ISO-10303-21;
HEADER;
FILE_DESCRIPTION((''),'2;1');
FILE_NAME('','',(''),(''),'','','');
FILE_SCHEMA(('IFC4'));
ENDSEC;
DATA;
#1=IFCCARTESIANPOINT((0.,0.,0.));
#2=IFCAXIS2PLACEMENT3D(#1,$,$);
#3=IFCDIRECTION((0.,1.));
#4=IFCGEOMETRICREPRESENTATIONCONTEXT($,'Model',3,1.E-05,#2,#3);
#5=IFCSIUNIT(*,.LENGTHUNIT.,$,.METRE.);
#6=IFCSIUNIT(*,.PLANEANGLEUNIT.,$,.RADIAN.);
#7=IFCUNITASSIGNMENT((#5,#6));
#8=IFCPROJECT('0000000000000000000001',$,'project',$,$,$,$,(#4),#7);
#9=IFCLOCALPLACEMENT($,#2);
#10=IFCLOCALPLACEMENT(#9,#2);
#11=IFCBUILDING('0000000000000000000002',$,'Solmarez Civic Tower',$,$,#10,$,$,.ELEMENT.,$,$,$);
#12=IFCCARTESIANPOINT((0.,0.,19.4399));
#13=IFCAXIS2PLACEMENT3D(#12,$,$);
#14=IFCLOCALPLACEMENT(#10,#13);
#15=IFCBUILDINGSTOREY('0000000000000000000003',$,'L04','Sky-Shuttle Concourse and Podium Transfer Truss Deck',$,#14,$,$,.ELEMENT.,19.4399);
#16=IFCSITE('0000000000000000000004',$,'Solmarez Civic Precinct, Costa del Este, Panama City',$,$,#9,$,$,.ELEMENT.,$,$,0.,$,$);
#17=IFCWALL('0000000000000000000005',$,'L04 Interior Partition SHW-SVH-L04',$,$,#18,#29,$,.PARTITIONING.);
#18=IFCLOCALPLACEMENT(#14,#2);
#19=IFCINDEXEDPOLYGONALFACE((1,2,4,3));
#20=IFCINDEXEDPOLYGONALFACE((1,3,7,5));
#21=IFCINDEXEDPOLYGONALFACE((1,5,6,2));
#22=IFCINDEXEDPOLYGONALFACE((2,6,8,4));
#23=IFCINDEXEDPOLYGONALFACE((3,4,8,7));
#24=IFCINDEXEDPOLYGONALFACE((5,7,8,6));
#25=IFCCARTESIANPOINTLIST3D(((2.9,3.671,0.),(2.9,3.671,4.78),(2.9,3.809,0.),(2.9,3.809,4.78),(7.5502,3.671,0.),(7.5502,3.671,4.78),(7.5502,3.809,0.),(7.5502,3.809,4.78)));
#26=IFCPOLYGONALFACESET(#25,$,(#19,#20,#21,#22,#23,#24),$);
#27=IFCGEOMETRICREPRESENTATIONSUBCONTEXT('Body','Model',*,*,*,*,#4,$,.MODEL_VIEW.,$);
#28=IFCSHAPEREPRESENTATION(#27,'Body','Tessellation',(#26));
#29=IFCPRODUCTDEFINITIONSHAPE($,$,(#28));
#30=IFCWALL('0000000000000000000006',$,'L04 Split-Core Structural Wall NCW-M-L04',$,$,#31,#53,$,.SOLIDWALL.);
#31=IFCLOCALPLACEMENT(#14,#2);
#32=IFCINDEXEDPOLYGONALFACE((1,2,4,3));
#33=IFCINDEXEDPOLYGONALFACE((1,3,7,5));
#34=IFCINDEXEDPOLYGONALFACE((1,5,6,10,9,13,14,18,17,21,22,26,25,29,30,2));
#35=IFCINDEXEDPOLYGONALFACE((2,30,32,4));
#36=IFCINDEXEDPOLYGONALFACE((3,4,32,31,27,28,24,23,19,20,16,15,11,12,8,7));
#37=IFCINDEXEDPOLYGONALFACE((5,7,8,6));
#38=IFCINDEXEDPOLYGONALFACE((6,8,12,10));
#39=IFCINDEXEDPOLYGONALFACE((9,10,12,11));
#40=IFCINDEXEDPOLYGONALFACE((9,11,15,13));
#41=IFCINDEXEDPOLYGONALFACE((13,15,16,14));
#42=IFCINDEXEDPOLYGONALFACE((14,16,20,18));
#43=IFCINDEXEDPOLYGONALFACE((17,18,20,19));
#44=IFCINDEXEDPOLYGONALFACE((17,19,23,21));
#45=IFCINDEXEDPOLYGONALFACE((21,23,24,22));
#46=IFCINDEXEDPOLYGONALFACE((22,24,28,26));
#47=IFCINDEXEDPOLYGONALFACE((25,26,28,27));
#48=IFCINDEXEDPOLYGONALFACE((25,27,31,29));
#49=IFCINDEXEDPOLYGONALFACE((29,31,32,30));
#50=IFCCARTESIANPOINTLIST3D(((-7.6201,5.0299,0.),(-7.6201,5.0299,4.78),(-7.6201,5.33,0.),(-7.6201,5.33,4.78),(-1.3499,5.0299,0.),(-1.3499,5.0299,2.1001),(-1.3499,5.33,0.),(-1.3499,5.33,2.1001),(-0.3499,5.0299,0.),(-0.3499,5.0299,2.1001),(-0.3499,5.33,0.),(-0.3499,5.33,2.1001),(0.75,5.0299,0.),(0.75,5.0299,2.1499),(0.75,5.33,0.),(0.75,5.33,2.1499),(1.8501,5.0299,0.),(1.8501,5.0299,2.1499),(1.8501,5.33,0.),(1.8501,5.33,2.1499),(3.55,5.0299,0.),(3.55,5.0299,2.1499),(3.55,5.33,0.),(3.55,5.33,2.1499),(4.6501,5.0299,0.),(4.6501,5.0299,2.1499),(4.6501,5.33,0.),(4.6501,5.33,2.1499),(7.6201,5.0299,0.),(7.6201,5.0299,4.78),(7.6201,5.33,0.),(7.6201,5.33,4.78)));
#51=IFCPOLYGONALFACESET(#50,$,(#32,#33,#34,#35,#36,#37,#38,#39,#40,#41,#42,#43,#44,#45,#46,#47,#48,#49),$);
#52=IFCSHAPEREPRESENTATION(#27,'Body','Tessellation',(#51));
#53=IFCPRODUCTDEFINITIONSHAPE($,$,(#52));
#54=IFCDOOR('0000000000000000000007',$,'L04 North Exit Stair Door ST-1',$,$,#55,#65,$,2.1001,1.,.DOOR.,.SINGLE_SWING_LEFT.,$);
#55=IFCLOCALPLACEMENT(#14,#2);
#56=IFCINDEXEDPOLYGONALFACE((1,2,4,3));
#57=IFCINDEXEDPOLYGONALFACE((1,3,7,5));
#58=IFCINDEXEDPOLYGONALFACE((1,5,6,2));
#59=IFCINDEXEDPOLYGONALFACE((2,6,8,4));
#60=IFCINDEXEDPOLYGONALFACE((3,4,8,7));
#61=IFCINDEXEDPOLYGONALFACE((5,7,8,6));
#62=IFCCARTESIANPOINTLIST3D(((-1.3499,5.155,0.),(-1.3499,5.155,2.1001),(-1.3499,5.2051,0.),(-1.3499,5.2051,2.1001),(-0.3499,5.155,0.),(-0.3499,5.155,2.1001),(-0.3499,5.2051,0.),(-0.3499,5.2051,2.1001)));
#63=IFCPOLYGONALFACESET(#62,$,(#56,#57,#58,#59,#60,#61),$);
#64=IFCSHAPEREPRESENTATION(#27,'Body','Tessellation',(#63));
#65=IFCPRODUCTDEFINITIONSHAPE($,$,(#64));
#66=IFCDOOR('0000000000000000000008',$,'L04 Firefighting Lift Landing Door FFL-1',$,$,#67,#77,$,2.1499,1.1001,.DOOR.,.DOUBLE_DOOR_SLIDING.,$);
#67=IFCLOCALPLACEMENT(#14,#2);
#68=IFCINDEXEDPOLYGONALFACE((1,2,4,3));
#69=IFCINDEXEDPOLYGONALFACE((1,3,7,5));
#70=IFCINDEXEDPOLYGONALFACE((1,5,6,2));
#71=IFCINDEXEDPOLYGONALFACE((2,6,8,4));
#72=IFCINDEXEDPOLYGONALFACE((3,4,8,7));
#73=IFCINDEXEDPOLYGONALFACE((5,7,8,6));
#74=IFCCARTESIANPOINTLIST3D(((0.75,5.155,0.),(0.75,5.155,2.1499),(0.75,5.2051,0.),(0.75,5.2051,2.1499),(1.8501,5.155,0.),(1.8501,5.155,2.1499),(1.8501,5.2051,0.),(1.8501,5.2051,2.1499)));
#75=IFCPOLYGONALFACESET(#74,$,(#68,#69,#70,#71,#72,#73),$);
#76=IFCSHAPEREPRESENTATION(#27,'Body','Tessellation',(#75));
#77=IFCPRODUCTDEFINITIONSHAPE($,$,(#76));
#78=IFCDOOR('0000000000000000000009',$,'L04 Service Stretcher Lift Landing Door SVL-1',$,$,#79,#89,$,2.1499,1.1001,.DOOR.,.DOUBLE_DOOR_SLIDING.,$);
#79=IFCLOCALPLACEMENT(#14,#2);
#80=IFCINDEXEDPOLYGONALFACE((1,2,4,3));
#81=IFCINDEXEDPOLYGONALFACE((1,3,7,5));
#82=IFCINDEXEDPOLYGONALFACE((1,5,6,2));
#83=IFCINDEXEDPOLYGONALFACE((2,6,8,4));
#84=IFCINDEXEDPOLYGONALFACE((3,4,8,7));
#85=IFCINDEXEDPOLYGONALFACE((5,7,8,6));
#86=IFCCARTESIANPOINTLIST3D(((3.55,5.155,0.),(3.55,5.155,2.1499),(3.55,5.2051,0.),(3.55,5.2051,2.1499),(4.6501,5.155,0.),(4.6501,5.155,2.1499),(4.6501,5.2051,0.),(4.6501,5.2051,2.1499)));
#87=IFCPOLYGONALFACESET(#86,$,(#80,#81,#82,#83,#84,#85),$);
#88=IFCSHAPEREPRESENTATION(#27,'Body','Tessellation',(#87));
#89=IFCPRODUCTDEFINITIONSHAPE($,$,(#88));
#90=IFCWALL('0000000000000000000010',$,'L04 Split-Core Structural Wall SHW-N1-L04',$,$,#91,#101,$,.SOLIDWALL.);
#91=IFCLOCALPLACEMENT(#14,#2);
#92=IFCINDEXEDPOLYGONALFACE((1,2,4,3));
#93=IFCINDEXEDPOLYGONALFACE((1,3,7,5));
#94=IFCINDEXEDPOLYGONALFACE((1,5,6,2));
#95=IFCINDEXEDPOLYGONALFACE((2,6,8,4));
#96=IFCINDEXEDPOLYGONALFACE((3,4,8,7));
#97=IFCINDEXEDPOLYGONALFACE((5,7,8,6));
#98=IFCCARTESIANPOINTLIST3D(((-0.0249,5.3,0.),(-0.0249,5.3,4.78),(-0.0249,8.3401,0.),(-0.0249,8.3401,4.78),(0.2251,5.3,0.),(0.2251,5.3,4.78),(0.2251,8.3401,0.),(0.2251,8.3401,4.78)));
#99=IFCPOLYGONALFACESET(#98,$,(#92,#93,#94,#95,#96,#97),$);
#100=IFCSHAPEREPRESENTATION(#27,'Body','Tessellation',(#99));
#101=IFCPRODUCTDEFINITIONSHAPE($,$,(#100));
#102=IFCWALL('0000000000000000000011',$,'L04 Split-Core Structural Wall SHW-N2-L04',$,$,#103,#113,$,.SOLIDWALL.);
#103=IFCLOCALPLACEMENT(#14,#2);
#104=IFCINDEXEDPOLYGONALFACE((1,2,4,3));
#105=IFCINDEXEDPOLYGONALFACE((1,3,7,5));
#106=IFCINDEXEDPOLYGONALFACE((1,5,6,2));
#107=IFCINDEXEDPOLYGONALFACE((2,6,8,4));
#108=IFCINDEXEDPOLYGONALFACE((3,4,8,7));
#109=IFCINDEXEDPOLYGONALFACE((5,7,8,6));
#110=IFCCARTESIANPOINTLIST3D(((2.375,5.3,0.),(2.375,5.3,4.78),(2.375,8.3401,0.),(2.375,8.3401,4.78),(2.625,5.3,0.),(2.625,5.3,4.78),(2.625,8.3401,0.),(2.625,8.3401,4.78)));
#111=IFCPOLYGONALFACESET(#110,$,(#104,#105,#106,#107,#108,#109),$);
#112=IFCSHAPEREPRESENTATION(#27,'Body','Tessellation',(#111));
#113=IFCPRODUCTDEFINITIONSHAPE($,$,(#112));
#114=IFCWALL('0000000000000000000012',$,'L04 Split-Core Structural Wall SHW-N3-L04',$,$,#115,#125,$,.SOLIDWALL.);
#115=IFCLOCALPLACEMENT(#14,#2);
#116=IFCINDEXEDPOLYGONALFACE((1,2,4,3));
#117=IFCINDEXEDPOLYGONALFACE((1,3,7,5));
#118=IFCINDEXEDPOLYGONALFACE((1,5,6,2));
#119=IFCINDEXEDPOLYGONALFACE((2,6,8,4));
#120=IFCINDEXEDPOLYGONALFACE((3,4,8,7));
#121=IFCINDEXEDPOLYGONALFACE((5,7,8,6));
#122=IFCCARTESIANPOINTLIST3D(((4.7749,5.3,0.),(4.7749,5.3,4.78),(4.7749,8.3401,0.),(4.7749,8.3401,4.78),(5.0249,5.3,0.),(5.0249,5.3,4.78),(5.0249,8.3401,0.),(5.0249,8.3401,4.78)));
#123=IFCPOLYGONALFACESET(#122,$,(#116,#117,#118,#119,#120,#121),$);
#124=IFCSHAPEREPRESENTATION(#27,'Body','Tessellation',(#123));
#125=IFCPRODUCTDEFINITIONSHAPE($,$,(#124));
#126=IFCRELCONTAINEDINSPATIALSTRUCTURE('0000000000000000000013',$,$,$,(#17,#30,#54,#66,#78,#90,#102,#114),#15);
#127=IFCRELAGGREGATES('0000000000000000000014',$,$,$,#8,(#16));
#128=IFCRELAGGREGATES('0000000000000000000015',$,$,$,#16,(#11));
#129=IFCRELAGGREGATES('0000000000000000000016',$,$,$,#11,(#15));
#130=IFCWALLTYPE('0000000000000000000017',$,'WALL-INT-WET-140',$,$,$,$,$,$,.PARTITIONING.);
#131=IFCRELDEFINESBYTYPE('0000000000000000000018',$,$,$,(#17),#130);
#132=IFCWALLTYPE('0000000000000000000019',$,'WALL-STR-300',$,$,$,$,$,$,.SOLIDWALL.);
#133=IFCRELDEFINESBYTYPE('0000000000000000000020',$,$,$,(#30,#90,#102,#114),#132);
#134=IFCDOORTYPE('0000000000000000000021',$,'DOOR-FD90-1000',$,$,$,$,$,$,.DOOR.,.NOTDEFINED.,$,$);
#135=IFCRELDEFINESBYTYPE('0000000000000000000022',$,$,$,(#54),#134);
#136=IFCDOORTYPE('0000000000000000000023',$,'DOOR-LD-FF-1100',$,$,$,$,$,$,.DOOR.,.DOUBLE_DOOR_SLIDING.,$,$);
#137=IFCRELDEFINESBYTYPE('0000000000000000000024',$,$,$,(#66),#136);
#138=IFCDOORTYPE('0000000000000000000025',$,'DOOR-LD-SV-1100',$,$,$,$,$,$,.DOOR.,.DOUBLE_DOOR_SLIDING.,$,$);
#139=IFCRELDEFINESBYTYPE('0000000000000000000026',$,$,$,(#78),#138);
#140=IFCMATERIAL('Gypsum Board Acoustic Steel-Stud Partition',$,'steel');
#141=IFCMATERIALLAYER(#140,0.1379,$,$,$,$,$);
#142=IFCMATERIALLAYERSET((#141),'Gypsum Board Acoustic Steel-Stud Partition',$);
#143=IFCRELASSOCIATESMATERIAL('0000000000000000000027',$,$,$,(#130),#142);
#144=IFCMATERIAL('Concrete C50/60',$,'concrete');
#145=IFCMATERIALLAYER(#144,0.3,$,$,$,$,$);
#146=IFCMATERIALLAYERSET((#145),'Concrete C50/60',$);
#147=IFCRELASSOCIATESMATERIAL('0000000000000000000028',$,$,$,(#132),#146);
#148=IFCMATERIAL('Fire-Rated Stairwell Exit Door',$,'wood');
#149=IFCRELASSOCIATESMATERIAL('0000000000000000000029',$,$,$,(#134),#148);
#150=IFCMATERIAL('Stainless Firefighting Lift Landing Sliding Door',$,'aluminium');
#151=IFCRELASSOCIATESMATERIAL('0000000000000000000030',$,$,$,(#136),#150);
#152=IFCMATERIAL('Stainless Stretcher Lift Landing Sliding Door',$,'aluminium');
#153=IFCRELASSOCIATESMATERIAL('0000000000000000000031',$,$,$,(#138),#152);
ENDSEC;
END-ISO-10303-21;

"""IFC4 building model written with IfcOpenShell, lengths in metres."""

from ifc_helpers import new_model, si_unit, direction, frame, frame_2d, origin, place, context, subcontext, project, spatial, rectangle, extrude, material, layer, layer_set, type_object, element, fill, save


model = new_model("IFC4")

# Units and contexts
model_context = context("Model", 3, precision=1e-05, world=origin(), true_north=direction((0.0, 1.0)))
body_context = subcontext(model_context, "Body", "Model", "MODEL_VIEW")
ifc_project = project(units=[si_unit("LENGTHUNIT", "METRE"), si_unit("PLANEANGLEUNIT", "RADIAN")], contexts=[model_context])

# Site, building, storey
site_placement = place(None, origin())
site = spatial("IfcSite", under=ifc_project, at=site_placement, Name="Solmarez Civic Precinct, Costa del Este, Panama City", CompositionType="ELEMENT", RefElevation=0.0)
building_placement = place(site_placement, origin())
building = spatial("IfcBuilding", under=site, at=building_placement, Name="Solmarez Civic Tower", CompositionType="ELEMENT")
storey_placement = place(building_placement, frame((0.0, 0.0, 19.4399)))
storey = spatial("IfcBuildingStorey", under=building, at=storey_placement, Name="L04", Description="Sky-Shuttle Concourse and Podium Transfer Truss Deck", CompositionType="ELEMENT", Elevation=19.4399)

# Wall
ifc_material_1 = material(Name="Gypsum Board Acoustic Steel-Stud Partition", Category="steel")
ifc_layer_1 = layer(ifc_material_1, 0.1379)
ifc_layer_set_1 = layer_set([ifc_layer_1], Name="Gypsum Board Acoustic Steel-Stud Partition")
wall_type_1 = type_object("IfcWallType", Name="WALL-INT-WET-140", PredefinedType="PARTITIONING", material=ifc_layer_set_1)
wall_1_placement = place(storey_placement, frame((2.8999, 3.74, 0.0), z_axis=(0.0, 0.0, 1.0), x_axis=(1.0, 0.0, 0.0)))
element("IfcWall", 1, at=wall_1_placement, inside=storey, type_object=wall_type_1, Name="L04 Interior Partition SHW-SVH-L04", PredefinedType="PARTITIONING", context=body_context, shape_type="SweptSolid", body=[
    extrude(rectangle(XDim=4.6501, YDim=0.1379, at=frame_2d((2.3252, 0.0))), origin(), (0.0, 0.0, 1.0), 4.78),
])

# Wall, openings, doors
ifc_material_2 = material(Name="Concrete C50/60", Category="concrete")
ifc_layer_2 = layer(ifc_material_2, 0.3)
ifc_layer_set_2 = layer_set([ifc_layer_2], Name="Concrete C50/60")
wall_type_2 = type_object("IfcWallType", Name="WALL-STR-300", PredefinedType="SOLIDWALL", material=ifc_layer_set_2)
wall_2_placement = place(storey_placement, frame((7.6201, 5.1799, 0.0), z_axis=(0.0, 0.0, 1.0), x_axis=(-1.0, 0.0, 0.0)))
wall_2 = element("IfcWall", 2, at=wall_2_placement, inside=storey, type_object=wall_type_2, Name="L04 Split-Core Structural Wall NCW-M-L04", PredefinedType="SOLIDWALL", context=body_context, shape_type="SweptSolid", body=[
    extrude(rectangle(XDim=15.2402, YDim=0.3, at=frame_2d((7.6201, 0.0))), origin(), (0.0, 0.0, 1.0), 4.78),
])
opening_1_placement = place(wall_2_placement, frame((5.77, 0.0, 0.0)))
opening_1 = element("IfcOpeningElement", 3, at=opening_1_placement, cuts=wall_2, PredefinedType="OPENING", context=body_context, shape_type="SweptSolid", body=[
    extrude(rectangle(XDim=1.1001, YDim=2.1499, at=frame_2d((0.55, 1.075))), frame((0.0, 0.1599, 0.0), z_axis=(0.0, -1.0, 0.0), x_axis=(1.0, 0.0, 0.0)), (0.0, 0.0, 1.0), 0.3201),
])
opening_2_placement = place(wall_2_placement, frame((2.97, 0.0, 0.0)))
opening_2 = element("IfcOpeningElement", 4, at=opening_2_placement, cuts=wall_2, PredefinedType="OPENING", context=body_context, shape_type="SweptSolid", body=[
    extrude(rectangle(XDim=1.1001, YDim=2.1499, at=frame_2d((0.55, 1.075))), frame((0.0, 0.1599, 0.0), z_axis=(0.0, -1.0, 0.0), x_axis=(1.0, 0.0, 0.0)), (0.0, 0.0, 1.0), 0.3201),
])
opening_3_placement = place(wall_2_placement, frame((7.97, 0.0, 0.0)))
opening_3 = element("IfcOpeningElement", 5, at=opening_3_placement, cuts=wall_2, PredefinedType="OPENING", context=body_context, shape_type="SweptSolid", body=[
    extrude(rectangle(XDim=1.0, YDim=2.1001, at=frame_2d((0.5, 1.05))), frame((0.0, 0.1599, 0.0), z_axis=(0.0, -1.0, 0.0), x_axis=(1.0, 0.0, 0.0)), (0.0, 0.0, 1.0), 0.3201),
])
ifc_material_3 = material(Name="Fire-Rated Stairwell Exit Door", Category="wood")
door_type_1 = type_object("IfcDoorType", Name="DOOR-FD90-1000", OperationType="NOTDEFINED", PredefinedType="DOOR", material=ifc_material_3)
door_1_placement = place(opening_3_placement, origin())
door_1 = element("IfcDoor", 6, at=door_1_placement, inside=storey, type_object=door_type_1, Name="L04 North Exit Stair Door ST-1", OperationType="SINGLE_SWING_LEFT", OverallHeight=2.1001, OverallWidth=1.0, PredefinedType="DOOR", context=body_context, shape_type="SweptSolid", body=[
    extrude(rectangle(XDim=1.0, YDim=2.1001, at=frame_2d((0.5, 1.05))), frame((0.0, 0.0249, 0.0), z_axis=(0.0, -1.0, 0.0), x_axis=(1.0, 0.0, 0.0)), (0.0, 0.0, 1.0), 0.05),
])
fill(opening_3, door_1)
ifc_material_4 = material(Name="Stainless Firefighting Lift Landing Sliding Door", Category="aluminium")
door_type_2 = type_object("IfcDoorType", Name="DOOR-LD-FF-1100", OperationType="DOUBLE_DOOR_SLIDING", PredefinedType="DOOR", material=ifc_material_4)
door_2_placement = place(opening_1_placement, origin())
door_2 = element("IfcDoor", 7, at=door_2_placement, inside=storey, type_object=door_type_2, Name="L04 Firefighting Lift Landing Door FFL-1", OperationType="DOUBLE_DOOR_SLIDING", OverallHeight=2.1499, OverallWidth=1.1001, PredefinedType="DOOR", context=body_context, shape_type="SweptSolid", body=[
    extrude(rectangle(XDim=1.1001, YDim=2.1499, at=frame_2d((0.55, 1.075))), frame((0.0, 0.0249, 0.0), z_axis=(0.0, -1.0, 0.0), x_axis=(1.0, 0.0, 0.0)), (0.0, 0.0, 1.0), 0.05),
])
fill(opening_1, door_2)
ifc_material_5 = material(Name="Stainless Stretcher Lift Landing Sliding Door", Category="aluminium")
door_type_3 = type_object("IfcDoorType", Name="DOOR-LD-SV-1100", OperationType="DOUBLE_DOOR_SLIDING", PredefinedType="DOOR", material=ifc_material_5)
door_3_placement = place(opening_2_placement, origin())
door_3 = element("IfcDoor", 8, at=door_3_placement, inside=storey, type_object=door_type_3, Name="L04 Service Stretcher Lift Landing Door SVL-1", OperationType="DOUBLE_DOOR_SLIDING", OverallHeight=2.1499, OverallWidth=1.1001, PredefinedType="DOOR", context=body_context, shape_type="SweptSolid", body=[
    extrude(rectangle(XDim=1.1001, YDim=2.1499, at=frame_2d((0.55, 1.075))), frame((0.0, 0.0249, 0.0), z_axis=(0.0, -1.0, 0.0), x_axis=(1.0, 0.0, 0.0)), (0.0, 0.0, 1.0), 0.05),
])
fill(opening_2, door_3)

# Walls
for number, where, z_axis, x_axis, name in (
    (9, (0.1001, 5.3, 0.0), (0.0, 0.0, 1.0), (0.0, 1.0, 0.0), "L04 Split-Core Structural Wall SHW-N1-L04"),
    (10, (2.5, 5.3, 0.0), (0.0, 0.0, 1.0), (0.0, 1.0, 0.0), "L04 Split-Core Structural Wall SHW-N2-L04"),
    (11, (4.8999, 5.3, 0.0), (0.0, 0.0, 1.0), (0.0, 1.0, 0.0), "L04 Split-Core Structural Wall SHW-N3-L04"),
):
    element("IfcWall", number, at=place(storey_placement, frame(where, z_axis=z_axis, x_axis=x_axis)), inside=storey, type_object=wall_type_2, Name=name, PredefinedType="SOLIDWALL", context=body_context, shape_type="SweptSolid", body=[
        extrude(rectangle(XDim=3.04, YDim=0.25, at=frame_2d((1.52, 0.0))), origin(), (0.0, 0.0, 1.0), 4.78),
    ])

save(model, "model.ifc")
